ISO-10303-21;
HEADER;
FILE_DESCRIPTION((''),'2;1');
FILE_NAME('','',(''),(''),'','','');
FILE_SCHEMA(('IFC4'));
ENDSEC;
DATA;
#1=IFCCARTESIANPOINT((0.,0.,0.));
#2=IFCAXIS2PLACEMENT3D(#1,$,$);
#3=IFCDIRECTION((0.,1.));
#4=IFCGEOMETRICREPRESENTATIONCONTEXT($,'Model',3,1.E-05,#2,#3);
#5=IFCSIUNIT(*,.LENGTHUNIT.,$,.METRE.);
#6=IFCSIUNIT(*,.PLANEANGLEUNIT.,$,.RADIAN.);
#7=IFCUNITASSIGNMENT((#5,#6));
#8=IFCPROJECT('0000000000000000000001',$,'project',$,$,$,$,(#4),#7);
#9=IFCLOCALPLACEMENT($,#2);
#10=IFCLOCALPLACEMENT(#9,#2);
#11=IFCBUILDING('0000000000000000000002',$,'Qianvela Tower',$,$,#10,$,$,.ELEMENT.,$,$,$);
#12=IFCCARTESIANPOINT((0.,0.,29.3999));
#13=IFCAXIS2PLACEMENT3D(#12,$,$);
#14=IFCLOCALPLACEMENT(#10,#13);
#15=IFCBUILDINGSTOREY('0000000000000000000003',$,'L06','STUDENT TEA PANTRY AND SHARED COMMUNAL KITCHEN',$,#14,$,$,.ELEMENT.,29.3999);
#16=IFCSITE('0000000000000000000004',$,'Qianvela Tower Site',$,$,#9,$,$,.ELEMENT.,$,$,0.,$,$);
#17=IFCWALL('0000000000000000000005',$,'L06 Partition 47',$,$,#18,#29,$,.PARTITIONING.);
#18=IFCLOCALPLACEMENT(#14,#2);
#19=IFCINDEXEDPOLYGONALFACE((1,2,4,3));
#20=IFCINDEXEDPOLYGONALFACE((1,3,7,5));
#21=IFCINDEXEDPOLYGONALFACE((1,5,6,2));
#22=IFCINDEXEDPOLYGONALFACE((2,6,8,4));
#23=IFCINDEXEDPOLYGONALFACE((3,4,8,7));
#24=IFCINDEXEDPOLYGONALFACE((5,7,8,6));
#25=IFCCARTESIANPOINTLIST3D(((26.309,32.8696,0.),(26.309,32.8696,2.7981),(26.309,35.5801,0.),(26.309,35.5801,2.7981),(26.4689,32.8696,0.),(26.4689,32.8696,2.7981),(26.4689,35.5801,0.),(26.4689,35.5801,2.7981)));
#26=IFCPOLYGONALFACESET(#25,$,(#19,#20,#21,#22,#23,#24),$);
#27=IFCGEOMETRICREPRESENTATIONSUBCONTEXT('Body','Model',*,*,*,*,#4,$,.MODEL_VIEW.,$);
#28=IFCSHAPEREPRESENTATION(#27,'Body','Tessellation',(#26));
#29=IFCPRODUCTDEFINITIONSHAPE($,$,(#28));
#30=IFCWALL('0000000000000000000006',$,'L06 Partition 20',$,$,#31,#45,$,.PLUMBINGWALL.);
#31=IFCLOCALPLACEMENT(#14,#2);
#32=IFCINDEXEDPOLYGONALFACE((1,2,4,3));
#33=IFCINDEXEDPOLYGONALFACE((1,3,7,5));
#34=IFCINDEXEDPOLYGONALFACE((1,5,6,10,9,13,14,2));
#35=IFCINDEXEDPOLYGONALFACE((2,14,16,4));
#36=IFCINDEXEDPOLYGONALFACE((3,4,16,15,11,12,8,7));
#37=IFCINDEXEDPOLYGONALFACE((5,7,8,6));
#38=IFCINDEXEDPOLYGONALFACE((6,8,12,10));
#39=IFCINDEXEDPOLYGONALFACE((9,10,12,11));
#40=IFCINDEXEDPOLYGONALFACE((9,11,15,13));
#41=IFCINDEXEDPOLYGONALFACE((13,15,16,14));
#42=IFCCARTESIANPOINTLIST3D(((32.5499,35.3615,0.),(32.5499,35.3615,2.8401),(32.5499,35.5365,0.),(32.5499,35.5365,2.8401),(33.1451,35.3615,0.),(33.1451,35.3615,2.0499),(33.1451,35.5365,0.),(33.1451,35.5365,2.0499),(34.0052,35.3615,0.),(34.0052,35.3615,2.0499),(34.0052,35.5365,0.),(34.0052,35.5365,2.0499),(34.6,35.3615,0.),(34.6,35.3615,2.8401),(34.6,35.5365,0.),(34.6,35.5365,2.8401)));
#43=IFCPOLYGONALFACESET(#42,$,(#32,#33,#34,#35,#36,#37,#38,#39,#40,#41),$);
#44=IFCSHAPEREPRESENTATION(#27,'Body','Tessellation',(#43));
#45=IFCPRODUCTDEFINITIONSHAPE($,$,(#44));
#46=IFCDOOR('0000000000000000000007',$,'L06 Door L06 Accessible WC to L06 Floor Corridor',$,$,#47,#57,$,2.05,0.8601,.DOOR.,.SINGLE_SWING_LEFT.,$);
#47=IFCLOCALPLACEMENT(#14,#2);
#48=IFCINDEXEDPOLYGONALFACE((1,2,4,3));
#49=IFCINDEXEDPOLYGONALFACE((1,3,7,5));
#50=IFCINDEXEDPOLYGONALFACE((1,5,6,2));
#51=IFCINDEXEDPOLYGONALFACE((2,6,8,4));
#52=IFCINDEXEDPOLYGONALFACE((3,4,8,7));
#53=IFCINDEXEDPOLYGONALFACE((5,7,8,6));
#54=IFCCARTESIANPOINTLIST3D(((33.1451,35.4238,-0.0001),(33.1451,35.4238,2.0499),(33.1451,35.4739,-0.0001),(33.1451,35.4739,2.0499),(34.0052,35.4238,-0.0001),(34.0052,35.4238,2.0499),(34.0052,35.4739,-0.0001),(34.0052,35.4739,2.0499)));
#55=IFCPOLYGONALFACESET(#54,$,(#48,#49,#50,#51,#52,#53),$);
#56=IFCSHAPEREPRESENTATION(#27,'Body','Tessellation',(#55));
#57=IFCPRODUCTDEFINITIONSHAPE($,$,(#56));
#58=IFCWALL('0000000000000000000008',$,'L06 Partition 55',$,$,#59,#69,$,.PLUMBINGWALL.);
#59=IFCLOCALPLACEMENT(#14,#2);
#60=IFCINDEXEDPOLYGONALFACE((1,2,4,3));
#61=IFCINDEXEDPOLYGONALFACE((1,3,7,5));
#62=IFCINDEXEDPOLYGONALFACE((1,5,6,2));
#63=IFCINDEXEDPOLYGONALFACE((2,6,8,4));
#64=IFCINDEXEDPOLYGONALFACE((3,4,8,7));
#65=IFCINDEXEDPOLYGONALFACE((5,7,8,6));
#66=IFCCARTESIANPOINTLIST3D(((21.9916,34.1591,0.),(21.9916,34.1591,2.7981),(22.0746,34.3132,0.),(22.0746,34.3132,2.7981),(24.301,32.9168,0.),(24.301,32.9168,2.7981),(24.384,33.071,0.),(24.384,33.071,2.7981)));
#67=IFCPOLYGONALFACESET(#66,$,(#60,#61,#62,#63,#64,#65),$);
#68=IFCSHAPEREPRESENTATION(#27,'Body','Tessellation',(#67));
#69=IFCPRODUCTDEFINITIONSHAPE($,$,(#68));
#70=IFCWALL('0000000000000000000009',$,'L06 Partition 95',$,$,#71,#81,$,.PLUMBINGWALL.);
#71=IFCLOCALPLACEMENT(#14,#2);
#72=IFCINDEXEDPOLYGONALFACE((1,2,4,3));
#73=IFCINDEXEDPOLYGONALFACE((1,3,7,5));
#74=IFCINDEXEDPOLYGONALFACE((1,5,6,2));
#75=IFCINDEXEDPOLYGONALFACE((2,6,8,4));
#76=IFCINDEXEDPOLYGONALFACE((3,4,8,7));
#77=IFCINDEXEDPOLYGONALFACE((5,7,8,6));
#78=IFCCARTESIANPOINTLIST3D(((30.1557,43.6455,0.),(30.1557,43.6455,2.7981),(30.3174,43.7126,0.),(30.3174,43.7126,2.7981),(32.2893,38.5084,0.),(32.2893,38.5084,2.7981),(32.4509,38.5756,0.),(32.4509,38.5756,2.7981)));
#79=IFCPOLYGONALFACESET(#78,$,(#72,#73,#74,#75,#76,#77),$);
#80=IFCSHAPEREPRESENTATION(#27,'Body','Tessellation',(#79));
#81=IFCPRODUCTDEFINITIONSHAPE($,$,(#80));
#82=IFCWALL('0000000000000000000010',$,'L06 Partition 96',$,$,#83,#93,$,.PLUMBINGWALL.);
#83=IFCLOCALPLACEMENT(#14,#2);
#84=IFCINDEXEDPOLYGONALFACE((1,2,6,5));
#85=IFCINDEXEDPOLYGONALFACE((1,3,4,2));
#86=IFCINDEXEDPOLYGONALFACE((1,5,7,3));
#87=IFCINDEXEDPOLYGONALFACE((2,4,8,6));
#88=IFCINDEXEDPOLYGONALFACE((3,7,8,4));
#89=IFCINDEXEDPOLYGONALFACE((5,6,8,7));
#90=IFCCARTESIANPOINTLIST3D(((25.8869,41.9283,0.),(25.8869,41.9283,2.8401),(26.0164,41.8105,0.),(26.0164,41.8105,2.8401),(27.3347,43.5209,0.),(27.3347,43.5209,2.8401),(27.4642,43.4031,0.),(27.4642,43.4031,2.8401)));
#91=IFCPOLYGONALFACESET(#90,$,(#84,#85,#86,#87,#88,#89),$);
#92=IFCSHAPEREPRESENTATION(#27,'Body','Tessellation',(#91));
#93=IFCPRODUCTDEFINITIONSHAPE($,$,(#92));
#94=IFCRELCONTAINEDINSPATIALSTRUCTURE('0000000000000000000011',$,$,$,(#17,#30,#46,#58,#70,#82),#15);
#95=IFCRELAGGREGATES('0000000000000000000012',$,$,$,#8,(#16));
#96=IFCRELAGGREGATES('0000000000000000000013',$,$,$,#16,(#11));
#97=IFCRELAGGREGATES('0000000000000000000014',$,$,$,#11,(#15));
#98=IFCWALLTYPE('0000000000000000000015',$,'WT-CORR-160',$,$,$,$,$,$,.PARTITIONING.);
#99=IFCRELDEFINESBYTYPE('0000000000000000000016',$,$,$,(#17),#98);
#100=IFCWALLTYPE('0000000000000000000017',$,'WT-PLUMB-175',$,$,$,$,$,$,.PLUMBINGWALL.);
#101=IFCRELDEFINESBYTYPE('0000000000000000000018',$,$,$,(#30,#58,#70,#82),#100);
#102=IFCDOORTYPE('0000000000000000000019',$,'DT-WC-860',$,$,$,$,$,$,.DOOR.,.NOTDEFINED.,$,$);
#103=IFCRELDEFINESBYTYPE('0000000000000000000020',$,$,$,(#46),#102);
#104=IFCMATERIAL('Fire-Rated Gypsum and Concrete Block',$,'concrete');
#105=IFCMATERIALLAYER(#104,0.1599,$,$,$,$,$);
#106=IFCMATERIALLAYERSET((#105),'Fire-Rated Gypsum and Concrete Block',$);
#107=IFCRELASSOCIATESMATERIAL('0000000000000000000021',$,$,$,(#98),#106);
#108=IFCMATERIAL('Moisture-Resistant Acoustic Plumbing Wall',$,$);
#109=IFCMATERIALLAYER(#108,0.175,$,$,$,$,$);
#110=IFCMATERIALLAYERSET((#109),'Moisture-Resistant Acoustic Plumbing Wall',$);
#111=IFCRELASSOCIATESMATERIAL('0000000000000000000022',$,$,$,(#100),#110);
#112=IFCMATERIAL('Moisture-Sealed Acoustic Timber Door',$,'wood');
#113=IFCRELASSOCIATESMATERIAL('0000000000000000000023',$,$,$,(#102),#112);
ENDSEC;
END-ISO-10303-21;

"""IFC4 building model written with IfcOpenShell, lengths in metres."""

from ifc_helpers import new_model, si_unit, direction, frame, frame_2d, origin, place, context, subcontext, project, spatial, rectangle, extrude, material, layer, layer_set, type_object, element, fill, save


model = new_model("IFC4")

# Units and contexts
model_context = context("Model", 3, precision=1e-05, world=origin(), true_north=direction((0.0, 1.0)))
body_context = subcontext(model_context, "Body", "Model", "MODEL_VIEW")
ifc_project = project(units=[si_unit("LENGTHUNIT", "METRE"), si_unit("PLANEANGLEUNIT", "RADIAN")], contexts=[model_context])

# Site, building, storey
site_placement = place(None, origin())
site = spatial("IfcSite", under=ifc_project, at=site_placement, Name="Qianvela Tower Site", CompositionType="ELEMENT", RefElevation=0.0)
building_placement = place(site_placement, origin())
building = spatial("IfcBuilding", under=site, at=building_placement, Name="Qianvela Tower", CompositionType="ELEMENT")
storey_placement = place(building_placement, frame((0.0, 0.0, 29.3999)))
storey = spatial("IfcBuildingStorey", under=building, at=storey_placement, Name="L06", Description="STUDENT TEA PANTRY AND SHARED COMMUNAL KITCHEN", CompositionType="ELEMENT", Elevation=29.3999)

# Shared definitions
ifc_material_1 = material(Name="Fire-Rated Gypsum and Concrete Block", Category="concrete")
ifc_layer_1 = layer(ifc_material_1, 0.1599)
ifc_layer_set_1 = layer_set([ifc_layer_1], Name="Fire-Rated Gypsum and Concrete Block")
wall_type_1 = type_object("IfcWallType", Name="WT-CORR-160", PredefinedType="PARTITIONING", material=ifc_layer_set_1)

# Wall
wall_1_placement = place(storey_placement, frame((26.3889, 35.5801, 0.0), z_axis=(0.0, 0.0, 1.0), x_axis=(0.0, -1.0, 0.0)))
element("IfcWall", 1, at=wall_1_placement, inside=storey, type_object=wall_type_1, Name="L06 Partition 47", PredefinedType="PARTITIONING", context=body_context, shape_type="SweptSolid", body=[
    extrude(rectangle(XDim=2.7104, YDim=0.1599, at=frame_2d((1.3552, 0.0))), origin(), (0.0, 0.0, 1.0), 2.7981),
])

# Wall, opening, door
ifc_material_2 = material(Name="Moisture-Resistant Acoustic Plumbing Wall")
ifc_layer_2 = layer(ifc_material_2, 0.175)
ifc_layer_set_2 = layer_set([ifc_layer_2], Name="Moisture-Resistant Acoustic Plumbing Wall")
wall_type_2 = type_object("IfcWallType", Name="WT-PLUMB-175", PredefinedType="PLUMBINGWALL", material=ifc_layer_set_2)
wall_2_placement = place(storey_placement, frame((32.55, 35.449, 0.0), z_axis=(0.0, 0.0, 1.0), x_axis=(1.0, 0.0, 0.0)))
wall_2 = element("IfcWall", 2, at=wall_2_placement, inside=storey, type_object=wall_type_2, Name="L06 Partition 20", PredefinedType="PLUMBINGWALL", context=body_context, shape_type="SweptSolid", body=[
    extrude(rectangle(XDim=2.05, YDim=0.175, at=frame_2d((1.0249, 0.0))), origin(), (0.0, 0.0, 1.0), 2.8401),
])
opening_1_placement = place(wall_2_placement, frame((0.595, 0.0, 0.0)))
opening_1 = element("IfcOpeningElement", 3, at=opening_1_placement, cuts=wall_2, PredefinedType="OPENING", context=body_context, shape_type="SweptSolid", body=[
    extrude(rectangle(XDim=0.8601, YDim=2.05, at=frame_2d((0.4302, 1.0249))), frame((0.0, 0.0974, 0.0), z_axis=(0.0, -1.0, 0.0), x_axis=(1.0, 0.0, 0.0)), (0.0, 0.0, 1.0), 0.1951),
])
ifc_material_3 = material(Name="Moisture-Sealed Acoustic Timber Door", Category="wood")
door_type_1 = type_object("IfcDoorType", Name="DT-WC-860", OperationType="NOTDEFINED", PredefinedType="DOOR", material=ifc_material_3)
door_1_placement = place(opening_1_placement, origin())
door_1 = element("IfcDoor", 4, at=door_1_placement, inside=storey, type_object=door_type_1, Name="L06 Door L06 Accessible WC to L06 Floor Corridor", OperationType="SINGLE_SWING_LEFT", OverallHeight=2.05, OverallWidth=0.8601, PredefinedType="DOOR", context=body_context, shape_type="SweptSolid", body=[
    extrude(rectangle(XDim=0.8601, YDim=2.05, at=frame_2d((0.4302, 1.0249))), frame((0.0, 0.0249, 0.0), z_axis=(0.0, -1.0, 0.0), x_axis=(1.0, 0.0, 0.0)), (0.0, 0.0, 1.0), 0.05),
])
fill(opening_1, door_1)

# Walls
wall_3_placement = place(storey_placement, frame((22.0332, 34.2361, 0.0), z_axis=(0.0, 0.0, 1.0), x_axis=(0.880677, -0.473717, 0.0)))
element("IfcWall", 5, at=wall_3_placement, inside=storey, type_object=wall_type_2, Name="L06 Partition 55", PredefinedType="PLUMBINGWALL", context=body_context, shape_type="SweptSolid", body=[
    extrude(rectangle(XDim=2.6223, YDim=0.175, at=frame_2d((1.311, 0.0))), origin(), (0.0, 0.0, 1.0), 2.7981),
])
wall_4_placement = place(storey_placement, frame((32.3701, 38.542, 0.0), z_axis=(0.0, 0.0, 1.0), x_axis=(-0.383565, 0.923514, 0.0)))
element("IfcWall", 6, at=wall_4_placement, inside=storey, type_object=wall_type_2, Name="L06 Partition 95", PredefinedType="PLUMBINGWALL", context=body_context, shape_type="SweptSolid", body=[
    extrude(rectangle(XDim=5.5625, YDim=0.175, at=frame_2d((2.7812, 0.0))), origin(), (0.0, 0.0, 1.0), 2.7981),
])
wall_5_placement = place(storey_placement, frame((25.9517, 41.8694, 0.0), z_axis=(0.0, 0.0, 1.0), x_axis=(0.672673, 0.73994, 0.0)))
element("IfcWall", 7, at=wall_5_placement, inside=storey, type_object=wall_type_2, Name="L06 Partition 96", PredefinedType="PLUMBINGWALL", context=body_context, shape_type="SweptSolid", body=[
    extrude(rectangle(XDim=2.1523, YDim=0.175, at=frame_2d((1.0762, 0.0))), origin(), (0.0, 0.0, 1.0), 2.8401),
])

save(model, "model.ifc")
